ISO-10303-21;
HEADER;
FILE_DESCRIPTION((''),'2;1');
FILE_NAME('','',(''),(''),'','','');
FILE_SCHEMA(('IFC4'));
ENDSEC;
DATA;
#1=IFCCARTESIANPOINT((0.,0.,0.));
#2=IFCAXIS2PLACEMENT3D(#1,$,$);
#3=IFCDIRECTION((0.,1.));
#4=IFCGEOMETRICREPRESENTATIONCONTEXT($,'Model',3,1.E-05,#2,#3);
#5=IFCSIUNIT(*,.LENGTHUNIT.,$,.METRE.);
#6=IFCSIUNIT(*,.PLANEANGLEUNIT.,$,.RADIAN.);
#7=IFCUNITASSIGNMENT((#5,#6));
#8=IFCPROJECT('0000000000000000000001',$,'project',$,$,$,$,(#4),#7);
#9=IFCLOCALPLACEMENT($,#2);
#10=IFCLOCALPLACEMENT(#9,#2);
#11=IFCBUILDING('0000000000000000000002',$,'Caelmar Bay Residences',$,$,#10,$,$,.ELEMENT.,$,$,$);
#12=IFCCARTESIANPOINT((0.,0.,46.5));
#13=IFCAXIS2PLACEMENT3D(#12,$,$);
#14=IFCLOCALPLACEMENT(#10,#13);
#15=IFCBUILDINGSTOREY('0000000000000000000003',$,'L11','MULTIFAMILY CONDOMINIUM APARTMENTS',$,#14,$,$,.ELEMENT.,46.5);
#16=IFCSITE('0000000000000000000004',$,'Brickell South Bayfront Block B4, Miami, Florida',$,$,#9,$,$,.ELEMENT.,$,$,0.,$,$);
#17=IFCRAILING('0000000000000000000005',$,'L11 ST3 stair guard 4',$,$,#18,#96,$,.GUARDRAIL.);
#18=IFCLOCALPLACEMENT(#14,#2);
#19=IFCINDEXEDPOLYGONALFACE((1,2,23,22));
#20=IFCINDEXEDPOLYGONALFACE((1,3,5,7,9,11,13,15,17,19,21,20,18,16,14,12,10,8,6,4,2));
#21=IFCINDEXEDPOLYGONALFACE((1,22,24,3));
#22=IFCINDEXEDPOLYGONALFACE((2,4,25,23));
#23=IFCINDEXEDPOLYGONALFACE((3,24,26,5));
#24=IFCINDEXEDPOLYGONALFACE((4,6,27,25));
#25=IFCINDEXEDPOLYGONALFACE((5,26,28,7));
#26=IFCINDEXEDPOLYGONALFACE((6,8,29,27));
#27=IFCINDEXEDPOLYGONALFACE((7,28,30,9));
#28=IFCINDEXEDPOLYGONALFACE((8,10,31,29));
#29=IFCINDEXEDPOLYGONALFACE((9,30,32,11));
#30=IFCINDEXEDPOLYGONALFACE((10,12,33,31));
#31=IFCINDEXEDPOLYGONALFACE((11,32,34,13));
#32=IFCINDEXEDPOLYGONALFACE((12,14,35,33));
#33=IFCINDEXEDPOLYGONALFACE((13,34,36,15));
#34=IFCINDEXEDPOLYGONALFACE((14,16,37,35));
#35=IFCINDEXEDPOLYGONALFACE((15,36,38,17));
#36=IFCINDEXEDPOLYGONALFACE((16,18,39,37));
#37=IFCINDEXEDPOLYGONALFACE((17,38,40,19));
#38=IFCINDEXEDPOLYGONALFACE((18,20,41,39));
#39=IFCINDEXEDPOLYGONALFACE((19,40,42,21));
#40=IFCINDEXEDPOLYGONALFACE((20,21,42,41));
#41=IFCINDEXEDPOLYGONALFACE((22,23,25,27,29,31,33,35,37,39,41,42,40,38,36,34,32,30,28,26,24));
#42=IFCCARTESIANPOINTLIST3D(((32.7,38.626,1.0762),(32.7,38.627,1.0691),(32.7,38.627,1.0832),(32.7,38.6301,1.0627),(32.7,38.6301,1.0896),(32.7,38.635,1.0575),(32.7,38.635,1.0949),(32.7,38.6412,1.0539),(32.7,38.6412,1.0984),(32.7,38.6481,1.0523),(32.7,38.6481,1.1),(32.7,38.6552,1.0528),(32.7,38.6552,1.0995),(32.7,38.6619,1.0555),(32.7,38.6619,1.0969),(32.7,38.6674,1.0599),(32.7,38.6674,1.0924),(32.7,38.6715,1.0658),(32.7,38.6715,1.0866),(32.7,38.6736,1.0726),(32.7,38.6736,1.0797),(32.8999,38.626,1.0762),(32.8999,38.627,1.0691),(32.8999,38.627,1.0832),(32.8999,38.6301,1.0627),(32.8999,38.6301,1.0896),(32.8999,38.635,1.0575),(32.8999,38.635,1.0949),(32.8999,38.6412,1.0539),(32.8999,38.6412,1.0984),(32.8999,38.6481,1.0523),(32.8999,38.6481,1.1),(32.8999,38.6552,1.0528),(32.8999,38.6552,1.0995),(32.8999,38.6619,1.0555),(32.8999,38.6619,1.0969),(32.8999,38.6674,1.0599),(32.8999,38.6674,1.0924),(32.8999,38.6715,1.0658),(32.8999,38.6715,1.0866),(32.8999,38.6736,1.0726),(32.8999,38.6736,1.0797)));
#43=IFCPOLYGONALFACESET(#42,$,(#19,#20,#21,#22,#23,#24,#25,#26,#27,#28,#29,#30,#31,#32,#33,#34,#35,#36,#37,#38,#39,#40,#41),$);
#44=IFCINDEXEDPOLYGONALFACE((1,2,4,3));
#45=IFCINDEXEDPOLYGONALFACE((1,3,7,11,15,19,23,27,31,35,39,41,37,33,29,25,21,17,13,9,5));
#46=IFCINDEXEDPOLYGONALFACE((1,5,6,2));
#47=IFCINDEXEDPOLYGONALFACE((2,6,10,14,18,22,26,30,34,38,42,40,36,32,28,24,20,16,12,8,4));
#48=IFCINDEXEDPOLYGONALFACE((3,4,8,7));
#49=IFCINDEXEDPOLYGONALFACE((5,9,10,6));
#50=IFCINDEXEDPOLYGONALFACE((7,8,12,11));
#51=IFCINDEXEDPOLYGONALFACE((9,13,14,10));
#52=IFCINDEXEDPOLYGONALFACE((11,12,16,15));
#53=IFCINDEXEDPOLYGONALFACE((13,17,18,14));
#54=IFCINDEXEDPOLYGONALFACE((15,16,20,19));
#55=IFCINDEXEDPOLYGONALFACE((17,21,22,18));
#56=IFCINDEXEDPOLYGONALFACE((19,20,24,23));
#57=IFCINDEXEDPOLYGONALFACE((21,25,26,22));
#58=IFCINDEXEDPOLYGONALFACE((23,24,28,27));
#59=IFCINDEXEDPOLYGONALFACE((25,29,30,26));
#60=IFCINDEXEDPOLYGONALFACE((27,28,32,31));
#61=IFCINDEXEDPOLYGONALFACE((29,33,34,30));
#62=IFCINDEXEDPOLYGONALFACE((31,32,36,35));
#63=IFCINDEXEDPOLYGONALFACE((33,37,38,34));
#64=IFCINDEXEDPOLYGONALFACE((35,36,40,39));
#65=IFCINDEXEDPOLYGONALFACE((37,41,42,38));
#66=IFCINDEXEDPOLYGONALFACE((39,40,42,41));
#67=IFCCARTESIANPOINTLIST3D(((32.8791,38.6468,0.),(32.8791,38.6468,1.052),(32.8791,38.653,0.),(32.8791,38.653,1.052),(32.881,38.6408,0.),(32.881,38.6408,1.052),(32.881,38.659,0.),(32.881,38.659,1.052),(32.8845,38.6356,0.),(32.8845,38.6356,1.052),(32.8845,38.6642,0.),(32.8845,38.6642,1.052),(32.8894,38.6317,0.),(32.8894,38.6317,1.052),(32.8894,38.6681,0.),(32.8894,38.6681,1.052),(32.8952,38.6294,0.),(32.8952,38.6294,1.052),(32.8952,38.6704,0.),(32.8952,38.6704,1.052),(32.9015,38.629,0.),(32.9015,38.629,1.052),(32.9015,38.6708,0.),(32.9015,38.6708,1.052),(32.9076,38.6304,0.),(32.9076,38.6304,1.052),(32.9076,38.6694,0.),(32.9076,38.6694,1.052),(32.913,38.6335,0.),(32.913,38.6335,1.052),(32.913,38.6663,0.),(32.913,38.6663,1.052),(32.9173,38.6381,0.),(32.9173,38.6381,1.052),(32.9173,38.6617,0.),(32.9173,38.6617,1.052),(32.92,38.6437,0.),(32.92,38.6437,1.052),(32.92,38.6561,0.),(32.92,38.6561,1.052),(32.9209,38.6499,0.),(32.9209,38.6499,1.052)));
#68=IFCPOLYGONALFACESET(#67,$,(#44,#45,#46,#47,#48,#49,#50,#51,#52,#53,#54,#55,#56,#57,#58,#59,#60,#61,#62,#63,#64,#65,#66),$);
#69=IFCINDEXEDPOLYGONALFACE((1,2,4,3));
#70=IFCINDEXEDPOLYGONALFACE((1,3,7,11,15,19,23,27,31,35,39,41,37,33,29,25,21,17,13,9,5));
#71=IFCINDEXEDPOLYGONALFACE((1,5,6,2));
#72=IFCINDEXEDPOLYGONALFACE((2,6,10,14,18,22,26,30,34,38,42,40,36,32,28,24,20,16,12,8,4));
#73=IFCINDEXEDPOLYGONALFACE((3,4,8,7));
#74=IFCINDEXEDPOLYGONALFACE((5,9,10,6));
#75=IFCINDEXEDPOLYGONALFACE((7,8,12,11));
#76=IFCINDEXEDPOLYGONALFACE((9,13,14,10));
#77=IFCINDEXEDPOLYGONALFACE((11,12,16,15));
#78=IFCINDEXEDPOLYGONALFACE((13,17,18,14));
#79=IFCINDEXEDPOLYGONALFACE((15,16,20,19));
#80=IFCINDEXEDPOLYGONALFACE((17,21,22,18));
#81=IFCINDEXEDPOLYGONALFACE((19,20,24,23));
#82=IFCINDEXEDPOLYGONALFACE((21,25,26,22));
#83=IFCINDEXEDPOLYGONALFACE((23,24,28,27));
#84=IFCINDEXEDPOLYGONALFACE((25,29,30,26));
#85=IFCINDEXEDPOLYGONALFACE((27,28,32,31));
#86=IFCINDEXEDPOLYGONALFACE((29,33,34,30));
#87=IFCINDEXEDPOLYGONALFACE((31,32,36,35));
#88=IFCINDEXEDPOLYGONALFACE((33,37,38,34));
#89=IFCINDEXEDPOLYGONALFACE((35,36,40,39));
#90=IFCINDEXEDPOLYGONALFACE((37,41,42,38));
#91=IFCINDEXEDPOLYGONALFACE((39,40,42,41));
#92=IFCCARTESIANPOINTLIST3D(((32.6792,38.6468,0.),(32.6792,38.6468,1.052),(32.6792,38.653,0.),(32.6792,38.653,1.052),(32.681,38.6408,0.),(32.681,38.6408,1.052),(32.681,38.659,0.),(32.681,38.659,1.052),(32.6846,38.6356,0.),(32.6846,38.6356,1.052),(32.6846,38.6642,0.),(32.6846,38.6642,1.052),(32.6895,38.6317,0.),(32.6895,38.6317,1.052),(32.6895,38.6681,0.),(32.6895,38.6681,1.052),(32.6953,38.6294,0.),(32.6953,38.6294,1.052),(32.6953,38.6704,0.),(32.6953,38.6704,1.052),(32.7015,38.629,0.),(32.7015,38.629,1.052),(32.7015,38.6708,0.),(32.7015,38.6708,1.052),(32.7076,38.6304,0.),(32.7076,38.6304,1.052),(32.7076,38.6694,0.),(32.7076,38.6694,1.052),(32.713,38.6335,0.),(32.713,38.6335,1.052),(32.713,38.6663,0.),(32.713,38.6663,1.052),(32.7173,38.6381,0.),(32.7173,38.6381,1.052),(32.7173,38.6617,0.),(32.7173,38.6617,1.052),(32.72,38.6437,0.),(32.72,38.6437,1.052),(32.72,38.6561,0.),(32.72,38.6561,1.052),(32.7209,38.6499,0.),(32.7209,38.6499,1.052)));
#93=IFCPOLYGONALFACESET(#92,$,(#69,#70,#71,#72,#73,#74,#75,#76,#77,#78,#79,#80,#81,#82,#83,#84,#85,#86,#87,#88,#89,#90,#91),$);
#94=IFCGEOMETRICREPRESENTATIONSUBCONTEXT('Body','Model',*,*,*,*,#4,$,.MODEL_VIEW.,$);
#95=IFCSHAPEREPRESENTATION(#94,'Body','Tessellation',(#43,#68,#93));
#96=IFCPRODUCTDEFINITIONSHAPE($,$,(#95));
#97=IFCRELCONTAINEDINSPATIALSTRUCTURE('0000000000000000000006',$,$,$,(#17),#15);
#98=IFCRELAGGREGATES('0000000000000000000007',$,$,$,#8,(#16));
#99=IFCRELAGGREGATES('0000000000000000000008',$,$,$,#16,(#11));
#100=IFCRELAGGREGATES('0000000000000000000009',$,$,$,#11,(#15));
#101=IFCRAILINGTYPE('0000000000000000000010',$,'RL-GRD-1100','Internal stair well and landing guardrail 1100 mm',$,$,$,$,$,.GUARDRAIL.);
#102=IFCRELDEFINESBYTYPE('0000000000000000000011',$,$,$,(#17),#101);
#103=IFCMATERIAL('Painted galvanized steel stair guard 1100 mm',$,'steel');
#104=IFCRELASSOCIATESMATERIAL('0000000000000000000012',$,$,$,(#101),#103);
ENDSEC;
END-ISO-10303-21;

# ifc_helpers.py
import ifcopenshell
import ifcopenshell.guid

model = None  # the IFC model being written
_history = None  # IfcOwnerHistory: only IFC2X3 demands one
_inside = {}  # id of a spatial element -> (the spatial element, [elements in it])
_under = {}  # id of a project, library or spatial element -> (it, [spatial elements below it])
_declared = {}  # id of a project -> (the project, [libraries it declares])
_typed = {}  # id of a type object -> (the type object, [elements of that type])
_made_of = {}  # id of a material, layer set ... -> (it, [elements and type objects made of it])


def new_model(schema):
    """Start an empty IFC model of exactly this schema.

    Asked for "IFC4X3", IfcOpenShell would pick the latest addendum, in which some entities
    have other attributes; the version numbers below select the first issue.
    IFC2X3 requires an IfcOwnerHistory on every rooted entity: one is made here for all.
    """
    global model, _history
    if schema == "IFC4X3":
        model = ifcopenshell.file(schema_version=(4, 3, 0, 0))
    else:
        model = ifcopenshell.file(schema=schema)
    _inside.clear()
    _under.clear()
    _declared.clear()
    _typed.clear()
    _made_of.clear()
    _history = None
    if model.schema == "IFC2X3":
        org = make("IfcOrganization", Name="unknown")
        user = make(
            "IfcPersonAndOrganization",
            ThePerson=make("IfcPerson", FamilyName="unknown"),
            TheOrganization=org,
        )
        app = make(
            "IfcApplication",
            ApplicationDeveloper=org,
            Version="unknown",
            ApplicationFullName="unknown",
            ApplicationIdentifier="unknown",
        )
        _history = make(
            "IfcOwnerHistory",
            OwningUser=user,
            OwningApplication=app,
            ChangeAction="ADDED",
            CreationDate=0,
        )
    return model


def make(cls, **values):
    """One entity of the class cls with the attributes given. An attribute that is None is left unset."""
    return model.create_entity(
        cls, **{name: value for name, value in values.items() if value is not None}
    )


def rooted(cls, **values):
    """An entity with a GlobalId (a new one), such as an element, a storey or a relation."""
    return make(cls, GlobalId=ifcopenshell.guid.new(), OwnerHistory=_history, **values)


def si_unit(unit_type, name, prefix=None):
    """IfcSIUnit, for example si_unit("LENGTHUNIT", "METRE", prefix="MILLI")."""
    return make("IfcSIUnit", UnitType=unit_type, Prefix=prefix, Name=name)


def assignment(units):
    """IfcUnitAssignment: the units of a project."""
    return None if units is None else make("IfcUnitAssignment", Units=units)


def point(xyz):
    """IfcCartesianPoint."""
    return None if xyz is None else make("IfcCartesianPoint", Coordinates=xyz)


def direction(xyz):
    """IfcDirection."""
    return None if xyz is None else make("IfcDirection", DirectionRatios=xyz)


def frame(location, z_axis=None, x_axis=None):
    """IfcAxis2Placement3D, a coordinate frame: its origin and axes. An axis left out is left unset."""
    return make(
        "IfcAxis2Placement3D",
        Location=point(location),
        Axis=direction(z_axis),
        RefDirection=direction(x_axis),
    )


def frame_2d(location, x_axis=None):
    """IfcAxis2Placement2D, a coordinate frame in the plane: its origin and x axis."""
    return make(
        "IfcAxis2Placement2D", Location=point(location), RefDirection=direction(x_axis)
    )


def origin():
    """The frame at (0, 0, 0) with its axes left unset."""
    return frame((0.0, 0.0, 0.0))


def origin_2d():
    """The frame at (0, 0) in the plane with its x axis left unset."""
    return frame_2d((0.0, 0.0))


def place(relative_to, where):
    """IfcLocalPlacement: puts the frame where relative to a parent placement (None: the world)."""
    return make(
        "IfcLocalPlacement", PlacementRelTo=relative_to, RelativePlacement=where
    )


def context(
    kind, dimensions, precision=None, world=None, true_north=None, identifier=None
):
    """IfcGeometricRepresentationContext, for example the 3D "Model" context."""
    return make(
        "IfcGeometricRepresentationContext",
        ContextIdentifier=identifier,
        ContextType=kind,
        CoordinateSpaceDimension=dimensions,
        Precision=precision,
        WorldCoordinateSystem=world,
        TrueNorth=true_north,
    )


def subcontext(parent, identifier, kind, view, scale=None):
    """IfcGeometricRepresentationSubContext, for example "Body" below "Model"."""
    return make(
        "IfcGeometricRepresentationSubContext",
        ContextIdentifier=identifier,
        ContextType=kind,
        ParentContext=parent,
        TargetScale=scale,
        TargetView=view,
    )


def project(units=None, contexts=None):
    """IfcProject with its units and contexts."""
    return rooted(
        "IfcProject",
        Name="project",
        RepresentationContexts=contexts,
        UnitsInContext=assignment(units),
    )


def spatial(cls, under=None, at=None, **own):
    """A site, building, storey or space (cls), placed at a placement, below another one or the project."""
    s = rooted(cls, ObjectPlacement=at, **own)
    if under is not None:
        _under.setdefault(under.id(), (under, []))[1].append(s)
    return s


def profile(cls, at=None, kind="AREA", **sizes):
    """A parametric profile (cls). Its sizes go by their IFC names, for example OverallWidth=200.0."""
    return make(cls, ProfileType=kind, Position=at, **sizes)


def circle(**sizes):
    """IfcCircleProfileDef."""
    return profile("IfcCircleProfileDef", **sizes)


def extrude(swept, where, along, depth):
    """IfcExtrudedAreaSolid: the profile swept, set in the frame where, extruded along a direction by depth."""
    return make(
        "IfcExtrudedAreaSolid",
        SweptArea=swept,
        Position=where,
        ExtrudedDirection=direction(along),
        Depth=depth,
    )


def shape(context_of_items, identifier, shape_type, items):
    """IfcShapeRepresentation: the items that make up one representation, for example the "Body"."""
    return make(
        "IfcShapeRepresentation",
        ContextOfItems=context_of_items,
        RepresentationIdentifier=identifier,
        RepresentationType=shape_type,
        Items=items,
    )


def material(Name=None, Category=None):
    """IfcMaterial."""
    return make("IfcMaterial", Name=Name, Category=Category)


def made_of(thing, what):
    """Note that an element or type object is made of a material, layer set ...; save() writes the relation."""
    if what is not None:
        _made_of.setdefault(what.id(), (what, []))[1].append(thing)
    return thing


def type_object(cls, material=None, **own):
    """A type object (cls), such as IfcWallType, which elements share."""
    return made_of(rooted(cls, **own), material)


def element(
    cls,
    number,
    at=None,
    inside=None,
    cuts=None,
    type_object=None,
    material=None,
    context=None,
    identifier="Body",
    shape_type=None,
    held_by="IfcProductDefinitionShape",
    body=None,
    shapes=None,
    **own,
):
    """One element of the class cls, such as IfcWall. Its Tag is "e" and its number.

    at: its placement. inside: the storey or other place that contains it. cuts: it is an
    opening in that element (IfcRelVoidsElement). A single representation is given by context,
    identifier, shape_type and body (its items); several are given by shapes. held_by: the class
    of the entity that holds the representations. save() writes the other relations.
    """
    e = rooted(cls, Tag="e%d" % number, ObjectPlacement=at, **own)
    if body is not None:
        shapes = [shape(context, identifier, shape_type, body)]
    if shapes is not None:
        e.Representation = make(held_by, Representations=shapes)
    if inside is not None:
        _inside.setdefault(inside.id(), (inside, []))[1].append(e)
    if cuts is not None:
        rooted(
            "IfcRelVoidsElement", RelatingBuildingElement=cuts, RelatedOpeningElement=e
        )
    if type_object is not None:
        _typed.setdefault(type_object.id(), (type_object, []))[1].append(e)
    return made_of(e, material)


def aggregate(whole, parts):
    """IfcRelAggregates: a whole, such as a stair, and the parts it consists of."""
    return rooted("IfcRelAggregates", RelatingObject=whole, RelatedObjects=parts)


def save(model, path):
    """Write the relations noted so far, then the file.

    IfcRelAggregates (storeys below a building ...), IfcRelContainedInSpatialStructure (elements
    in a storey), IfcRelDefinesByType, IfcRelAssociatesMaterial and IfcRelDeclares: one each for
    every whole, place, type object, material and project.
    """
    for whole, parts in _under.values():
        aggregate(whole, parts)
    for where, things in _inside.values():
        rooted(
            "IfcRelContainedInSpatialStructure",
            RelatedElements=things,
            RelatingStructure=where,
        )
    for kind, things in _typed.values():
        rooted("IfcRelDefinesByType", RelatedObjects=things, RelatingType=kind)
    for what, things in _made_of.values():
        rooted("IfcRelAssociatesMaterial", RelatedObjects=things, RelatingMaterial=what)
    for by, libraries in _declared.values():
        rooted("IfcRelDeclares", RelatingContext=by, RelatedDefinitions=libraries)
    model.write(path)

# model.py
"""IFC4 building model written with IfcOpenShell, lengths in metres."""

from ifc_helpers import new_model, si_unit, direction, frame, origin, origin_2d, place, context, subcontext, project, spatial, circle, extrude, material, type_object, element, save


model = new_model("IFC4")

# Units and contexts
model_context = context("Model", 3, precision=1e-05, world=origin(), true_north=direction((0.0, 1.0)))
body_context = subcontext(model_context, "Body", "Model", "MODEL_VIEW")
ifc_project = project(units=[si_unit("LENGTHUNIT", "METRE"), si_unit("PLANEANGLEUNIT", "RADIAN")], contexts=[model_context])

# Site, building, storey
site_placement = place(None, origin())
site = spatial("IfcSite", under=ifc_project, at=site_placement, Name="Brickell South Bayfront Block B4, Miami, Florida", CompositionType="ELEMENT", RefElevation=0.0)
building_placement = place(site_placement, origin())
building = spatial("IfcBuilding", under=site, at=building_placement, Name="Caelmar Bay Residences", CompositionType="ELEMENT")
storey_placement = place(building_placement, frame((0.0, 0.0, 46.5)))
storey = spatial("IfcBuildingStorey", under=building, at=storey_placement, Name="L11", Description="MULTIFAMILY CONDOMINIUM APARTMENTS", CompositionType="ELEMENT", Elevation=46.5)

# Railing
ifc_material_1 = material(Name="Painted galvanized steel stair guard 1100 mm", Category="steel")
railing_type_1 = type_object("IfcRailingType", Name="RL-GRD-1100", Description="Internal stair well and landing guardrail 1100 mm", PredefinedType="GUARDRAIL", material=ifc_material_1)
railing_1_placement = place(storey_placement, frame((32.8999, 38.6499, 0.0)))
element("IfcRailing", 1, at=railing_1_placement, inside=storey, type_object=railing_type_1, Name="L11 ST3 stair guard 4", PredefinedType="GUARDRAIL", context=body_context, shape_type="SweptSolid", body=[
    extrude(circle(Radius=0.0239, at=origin_2d()), frame((0.0, 0.0, 1.0762), z_axis=(-1.0, 0.0, 0.0), x_axis=(0.0, -1.0, 0.0)), (0.0, 0.0, 1.0), 0.2),
    extrude(circle(Radius=0.021, at=origin_2d()), origin(), (0.0, 0.0, 1.0), 1.052),
    extrude(circle(Radius=0.021, at=origin_2d()), frame((-0.2, 0.0, 0.0)), (0.0, 0.0, 1.0), 1.052),
])

save(model, "model.ifc")
